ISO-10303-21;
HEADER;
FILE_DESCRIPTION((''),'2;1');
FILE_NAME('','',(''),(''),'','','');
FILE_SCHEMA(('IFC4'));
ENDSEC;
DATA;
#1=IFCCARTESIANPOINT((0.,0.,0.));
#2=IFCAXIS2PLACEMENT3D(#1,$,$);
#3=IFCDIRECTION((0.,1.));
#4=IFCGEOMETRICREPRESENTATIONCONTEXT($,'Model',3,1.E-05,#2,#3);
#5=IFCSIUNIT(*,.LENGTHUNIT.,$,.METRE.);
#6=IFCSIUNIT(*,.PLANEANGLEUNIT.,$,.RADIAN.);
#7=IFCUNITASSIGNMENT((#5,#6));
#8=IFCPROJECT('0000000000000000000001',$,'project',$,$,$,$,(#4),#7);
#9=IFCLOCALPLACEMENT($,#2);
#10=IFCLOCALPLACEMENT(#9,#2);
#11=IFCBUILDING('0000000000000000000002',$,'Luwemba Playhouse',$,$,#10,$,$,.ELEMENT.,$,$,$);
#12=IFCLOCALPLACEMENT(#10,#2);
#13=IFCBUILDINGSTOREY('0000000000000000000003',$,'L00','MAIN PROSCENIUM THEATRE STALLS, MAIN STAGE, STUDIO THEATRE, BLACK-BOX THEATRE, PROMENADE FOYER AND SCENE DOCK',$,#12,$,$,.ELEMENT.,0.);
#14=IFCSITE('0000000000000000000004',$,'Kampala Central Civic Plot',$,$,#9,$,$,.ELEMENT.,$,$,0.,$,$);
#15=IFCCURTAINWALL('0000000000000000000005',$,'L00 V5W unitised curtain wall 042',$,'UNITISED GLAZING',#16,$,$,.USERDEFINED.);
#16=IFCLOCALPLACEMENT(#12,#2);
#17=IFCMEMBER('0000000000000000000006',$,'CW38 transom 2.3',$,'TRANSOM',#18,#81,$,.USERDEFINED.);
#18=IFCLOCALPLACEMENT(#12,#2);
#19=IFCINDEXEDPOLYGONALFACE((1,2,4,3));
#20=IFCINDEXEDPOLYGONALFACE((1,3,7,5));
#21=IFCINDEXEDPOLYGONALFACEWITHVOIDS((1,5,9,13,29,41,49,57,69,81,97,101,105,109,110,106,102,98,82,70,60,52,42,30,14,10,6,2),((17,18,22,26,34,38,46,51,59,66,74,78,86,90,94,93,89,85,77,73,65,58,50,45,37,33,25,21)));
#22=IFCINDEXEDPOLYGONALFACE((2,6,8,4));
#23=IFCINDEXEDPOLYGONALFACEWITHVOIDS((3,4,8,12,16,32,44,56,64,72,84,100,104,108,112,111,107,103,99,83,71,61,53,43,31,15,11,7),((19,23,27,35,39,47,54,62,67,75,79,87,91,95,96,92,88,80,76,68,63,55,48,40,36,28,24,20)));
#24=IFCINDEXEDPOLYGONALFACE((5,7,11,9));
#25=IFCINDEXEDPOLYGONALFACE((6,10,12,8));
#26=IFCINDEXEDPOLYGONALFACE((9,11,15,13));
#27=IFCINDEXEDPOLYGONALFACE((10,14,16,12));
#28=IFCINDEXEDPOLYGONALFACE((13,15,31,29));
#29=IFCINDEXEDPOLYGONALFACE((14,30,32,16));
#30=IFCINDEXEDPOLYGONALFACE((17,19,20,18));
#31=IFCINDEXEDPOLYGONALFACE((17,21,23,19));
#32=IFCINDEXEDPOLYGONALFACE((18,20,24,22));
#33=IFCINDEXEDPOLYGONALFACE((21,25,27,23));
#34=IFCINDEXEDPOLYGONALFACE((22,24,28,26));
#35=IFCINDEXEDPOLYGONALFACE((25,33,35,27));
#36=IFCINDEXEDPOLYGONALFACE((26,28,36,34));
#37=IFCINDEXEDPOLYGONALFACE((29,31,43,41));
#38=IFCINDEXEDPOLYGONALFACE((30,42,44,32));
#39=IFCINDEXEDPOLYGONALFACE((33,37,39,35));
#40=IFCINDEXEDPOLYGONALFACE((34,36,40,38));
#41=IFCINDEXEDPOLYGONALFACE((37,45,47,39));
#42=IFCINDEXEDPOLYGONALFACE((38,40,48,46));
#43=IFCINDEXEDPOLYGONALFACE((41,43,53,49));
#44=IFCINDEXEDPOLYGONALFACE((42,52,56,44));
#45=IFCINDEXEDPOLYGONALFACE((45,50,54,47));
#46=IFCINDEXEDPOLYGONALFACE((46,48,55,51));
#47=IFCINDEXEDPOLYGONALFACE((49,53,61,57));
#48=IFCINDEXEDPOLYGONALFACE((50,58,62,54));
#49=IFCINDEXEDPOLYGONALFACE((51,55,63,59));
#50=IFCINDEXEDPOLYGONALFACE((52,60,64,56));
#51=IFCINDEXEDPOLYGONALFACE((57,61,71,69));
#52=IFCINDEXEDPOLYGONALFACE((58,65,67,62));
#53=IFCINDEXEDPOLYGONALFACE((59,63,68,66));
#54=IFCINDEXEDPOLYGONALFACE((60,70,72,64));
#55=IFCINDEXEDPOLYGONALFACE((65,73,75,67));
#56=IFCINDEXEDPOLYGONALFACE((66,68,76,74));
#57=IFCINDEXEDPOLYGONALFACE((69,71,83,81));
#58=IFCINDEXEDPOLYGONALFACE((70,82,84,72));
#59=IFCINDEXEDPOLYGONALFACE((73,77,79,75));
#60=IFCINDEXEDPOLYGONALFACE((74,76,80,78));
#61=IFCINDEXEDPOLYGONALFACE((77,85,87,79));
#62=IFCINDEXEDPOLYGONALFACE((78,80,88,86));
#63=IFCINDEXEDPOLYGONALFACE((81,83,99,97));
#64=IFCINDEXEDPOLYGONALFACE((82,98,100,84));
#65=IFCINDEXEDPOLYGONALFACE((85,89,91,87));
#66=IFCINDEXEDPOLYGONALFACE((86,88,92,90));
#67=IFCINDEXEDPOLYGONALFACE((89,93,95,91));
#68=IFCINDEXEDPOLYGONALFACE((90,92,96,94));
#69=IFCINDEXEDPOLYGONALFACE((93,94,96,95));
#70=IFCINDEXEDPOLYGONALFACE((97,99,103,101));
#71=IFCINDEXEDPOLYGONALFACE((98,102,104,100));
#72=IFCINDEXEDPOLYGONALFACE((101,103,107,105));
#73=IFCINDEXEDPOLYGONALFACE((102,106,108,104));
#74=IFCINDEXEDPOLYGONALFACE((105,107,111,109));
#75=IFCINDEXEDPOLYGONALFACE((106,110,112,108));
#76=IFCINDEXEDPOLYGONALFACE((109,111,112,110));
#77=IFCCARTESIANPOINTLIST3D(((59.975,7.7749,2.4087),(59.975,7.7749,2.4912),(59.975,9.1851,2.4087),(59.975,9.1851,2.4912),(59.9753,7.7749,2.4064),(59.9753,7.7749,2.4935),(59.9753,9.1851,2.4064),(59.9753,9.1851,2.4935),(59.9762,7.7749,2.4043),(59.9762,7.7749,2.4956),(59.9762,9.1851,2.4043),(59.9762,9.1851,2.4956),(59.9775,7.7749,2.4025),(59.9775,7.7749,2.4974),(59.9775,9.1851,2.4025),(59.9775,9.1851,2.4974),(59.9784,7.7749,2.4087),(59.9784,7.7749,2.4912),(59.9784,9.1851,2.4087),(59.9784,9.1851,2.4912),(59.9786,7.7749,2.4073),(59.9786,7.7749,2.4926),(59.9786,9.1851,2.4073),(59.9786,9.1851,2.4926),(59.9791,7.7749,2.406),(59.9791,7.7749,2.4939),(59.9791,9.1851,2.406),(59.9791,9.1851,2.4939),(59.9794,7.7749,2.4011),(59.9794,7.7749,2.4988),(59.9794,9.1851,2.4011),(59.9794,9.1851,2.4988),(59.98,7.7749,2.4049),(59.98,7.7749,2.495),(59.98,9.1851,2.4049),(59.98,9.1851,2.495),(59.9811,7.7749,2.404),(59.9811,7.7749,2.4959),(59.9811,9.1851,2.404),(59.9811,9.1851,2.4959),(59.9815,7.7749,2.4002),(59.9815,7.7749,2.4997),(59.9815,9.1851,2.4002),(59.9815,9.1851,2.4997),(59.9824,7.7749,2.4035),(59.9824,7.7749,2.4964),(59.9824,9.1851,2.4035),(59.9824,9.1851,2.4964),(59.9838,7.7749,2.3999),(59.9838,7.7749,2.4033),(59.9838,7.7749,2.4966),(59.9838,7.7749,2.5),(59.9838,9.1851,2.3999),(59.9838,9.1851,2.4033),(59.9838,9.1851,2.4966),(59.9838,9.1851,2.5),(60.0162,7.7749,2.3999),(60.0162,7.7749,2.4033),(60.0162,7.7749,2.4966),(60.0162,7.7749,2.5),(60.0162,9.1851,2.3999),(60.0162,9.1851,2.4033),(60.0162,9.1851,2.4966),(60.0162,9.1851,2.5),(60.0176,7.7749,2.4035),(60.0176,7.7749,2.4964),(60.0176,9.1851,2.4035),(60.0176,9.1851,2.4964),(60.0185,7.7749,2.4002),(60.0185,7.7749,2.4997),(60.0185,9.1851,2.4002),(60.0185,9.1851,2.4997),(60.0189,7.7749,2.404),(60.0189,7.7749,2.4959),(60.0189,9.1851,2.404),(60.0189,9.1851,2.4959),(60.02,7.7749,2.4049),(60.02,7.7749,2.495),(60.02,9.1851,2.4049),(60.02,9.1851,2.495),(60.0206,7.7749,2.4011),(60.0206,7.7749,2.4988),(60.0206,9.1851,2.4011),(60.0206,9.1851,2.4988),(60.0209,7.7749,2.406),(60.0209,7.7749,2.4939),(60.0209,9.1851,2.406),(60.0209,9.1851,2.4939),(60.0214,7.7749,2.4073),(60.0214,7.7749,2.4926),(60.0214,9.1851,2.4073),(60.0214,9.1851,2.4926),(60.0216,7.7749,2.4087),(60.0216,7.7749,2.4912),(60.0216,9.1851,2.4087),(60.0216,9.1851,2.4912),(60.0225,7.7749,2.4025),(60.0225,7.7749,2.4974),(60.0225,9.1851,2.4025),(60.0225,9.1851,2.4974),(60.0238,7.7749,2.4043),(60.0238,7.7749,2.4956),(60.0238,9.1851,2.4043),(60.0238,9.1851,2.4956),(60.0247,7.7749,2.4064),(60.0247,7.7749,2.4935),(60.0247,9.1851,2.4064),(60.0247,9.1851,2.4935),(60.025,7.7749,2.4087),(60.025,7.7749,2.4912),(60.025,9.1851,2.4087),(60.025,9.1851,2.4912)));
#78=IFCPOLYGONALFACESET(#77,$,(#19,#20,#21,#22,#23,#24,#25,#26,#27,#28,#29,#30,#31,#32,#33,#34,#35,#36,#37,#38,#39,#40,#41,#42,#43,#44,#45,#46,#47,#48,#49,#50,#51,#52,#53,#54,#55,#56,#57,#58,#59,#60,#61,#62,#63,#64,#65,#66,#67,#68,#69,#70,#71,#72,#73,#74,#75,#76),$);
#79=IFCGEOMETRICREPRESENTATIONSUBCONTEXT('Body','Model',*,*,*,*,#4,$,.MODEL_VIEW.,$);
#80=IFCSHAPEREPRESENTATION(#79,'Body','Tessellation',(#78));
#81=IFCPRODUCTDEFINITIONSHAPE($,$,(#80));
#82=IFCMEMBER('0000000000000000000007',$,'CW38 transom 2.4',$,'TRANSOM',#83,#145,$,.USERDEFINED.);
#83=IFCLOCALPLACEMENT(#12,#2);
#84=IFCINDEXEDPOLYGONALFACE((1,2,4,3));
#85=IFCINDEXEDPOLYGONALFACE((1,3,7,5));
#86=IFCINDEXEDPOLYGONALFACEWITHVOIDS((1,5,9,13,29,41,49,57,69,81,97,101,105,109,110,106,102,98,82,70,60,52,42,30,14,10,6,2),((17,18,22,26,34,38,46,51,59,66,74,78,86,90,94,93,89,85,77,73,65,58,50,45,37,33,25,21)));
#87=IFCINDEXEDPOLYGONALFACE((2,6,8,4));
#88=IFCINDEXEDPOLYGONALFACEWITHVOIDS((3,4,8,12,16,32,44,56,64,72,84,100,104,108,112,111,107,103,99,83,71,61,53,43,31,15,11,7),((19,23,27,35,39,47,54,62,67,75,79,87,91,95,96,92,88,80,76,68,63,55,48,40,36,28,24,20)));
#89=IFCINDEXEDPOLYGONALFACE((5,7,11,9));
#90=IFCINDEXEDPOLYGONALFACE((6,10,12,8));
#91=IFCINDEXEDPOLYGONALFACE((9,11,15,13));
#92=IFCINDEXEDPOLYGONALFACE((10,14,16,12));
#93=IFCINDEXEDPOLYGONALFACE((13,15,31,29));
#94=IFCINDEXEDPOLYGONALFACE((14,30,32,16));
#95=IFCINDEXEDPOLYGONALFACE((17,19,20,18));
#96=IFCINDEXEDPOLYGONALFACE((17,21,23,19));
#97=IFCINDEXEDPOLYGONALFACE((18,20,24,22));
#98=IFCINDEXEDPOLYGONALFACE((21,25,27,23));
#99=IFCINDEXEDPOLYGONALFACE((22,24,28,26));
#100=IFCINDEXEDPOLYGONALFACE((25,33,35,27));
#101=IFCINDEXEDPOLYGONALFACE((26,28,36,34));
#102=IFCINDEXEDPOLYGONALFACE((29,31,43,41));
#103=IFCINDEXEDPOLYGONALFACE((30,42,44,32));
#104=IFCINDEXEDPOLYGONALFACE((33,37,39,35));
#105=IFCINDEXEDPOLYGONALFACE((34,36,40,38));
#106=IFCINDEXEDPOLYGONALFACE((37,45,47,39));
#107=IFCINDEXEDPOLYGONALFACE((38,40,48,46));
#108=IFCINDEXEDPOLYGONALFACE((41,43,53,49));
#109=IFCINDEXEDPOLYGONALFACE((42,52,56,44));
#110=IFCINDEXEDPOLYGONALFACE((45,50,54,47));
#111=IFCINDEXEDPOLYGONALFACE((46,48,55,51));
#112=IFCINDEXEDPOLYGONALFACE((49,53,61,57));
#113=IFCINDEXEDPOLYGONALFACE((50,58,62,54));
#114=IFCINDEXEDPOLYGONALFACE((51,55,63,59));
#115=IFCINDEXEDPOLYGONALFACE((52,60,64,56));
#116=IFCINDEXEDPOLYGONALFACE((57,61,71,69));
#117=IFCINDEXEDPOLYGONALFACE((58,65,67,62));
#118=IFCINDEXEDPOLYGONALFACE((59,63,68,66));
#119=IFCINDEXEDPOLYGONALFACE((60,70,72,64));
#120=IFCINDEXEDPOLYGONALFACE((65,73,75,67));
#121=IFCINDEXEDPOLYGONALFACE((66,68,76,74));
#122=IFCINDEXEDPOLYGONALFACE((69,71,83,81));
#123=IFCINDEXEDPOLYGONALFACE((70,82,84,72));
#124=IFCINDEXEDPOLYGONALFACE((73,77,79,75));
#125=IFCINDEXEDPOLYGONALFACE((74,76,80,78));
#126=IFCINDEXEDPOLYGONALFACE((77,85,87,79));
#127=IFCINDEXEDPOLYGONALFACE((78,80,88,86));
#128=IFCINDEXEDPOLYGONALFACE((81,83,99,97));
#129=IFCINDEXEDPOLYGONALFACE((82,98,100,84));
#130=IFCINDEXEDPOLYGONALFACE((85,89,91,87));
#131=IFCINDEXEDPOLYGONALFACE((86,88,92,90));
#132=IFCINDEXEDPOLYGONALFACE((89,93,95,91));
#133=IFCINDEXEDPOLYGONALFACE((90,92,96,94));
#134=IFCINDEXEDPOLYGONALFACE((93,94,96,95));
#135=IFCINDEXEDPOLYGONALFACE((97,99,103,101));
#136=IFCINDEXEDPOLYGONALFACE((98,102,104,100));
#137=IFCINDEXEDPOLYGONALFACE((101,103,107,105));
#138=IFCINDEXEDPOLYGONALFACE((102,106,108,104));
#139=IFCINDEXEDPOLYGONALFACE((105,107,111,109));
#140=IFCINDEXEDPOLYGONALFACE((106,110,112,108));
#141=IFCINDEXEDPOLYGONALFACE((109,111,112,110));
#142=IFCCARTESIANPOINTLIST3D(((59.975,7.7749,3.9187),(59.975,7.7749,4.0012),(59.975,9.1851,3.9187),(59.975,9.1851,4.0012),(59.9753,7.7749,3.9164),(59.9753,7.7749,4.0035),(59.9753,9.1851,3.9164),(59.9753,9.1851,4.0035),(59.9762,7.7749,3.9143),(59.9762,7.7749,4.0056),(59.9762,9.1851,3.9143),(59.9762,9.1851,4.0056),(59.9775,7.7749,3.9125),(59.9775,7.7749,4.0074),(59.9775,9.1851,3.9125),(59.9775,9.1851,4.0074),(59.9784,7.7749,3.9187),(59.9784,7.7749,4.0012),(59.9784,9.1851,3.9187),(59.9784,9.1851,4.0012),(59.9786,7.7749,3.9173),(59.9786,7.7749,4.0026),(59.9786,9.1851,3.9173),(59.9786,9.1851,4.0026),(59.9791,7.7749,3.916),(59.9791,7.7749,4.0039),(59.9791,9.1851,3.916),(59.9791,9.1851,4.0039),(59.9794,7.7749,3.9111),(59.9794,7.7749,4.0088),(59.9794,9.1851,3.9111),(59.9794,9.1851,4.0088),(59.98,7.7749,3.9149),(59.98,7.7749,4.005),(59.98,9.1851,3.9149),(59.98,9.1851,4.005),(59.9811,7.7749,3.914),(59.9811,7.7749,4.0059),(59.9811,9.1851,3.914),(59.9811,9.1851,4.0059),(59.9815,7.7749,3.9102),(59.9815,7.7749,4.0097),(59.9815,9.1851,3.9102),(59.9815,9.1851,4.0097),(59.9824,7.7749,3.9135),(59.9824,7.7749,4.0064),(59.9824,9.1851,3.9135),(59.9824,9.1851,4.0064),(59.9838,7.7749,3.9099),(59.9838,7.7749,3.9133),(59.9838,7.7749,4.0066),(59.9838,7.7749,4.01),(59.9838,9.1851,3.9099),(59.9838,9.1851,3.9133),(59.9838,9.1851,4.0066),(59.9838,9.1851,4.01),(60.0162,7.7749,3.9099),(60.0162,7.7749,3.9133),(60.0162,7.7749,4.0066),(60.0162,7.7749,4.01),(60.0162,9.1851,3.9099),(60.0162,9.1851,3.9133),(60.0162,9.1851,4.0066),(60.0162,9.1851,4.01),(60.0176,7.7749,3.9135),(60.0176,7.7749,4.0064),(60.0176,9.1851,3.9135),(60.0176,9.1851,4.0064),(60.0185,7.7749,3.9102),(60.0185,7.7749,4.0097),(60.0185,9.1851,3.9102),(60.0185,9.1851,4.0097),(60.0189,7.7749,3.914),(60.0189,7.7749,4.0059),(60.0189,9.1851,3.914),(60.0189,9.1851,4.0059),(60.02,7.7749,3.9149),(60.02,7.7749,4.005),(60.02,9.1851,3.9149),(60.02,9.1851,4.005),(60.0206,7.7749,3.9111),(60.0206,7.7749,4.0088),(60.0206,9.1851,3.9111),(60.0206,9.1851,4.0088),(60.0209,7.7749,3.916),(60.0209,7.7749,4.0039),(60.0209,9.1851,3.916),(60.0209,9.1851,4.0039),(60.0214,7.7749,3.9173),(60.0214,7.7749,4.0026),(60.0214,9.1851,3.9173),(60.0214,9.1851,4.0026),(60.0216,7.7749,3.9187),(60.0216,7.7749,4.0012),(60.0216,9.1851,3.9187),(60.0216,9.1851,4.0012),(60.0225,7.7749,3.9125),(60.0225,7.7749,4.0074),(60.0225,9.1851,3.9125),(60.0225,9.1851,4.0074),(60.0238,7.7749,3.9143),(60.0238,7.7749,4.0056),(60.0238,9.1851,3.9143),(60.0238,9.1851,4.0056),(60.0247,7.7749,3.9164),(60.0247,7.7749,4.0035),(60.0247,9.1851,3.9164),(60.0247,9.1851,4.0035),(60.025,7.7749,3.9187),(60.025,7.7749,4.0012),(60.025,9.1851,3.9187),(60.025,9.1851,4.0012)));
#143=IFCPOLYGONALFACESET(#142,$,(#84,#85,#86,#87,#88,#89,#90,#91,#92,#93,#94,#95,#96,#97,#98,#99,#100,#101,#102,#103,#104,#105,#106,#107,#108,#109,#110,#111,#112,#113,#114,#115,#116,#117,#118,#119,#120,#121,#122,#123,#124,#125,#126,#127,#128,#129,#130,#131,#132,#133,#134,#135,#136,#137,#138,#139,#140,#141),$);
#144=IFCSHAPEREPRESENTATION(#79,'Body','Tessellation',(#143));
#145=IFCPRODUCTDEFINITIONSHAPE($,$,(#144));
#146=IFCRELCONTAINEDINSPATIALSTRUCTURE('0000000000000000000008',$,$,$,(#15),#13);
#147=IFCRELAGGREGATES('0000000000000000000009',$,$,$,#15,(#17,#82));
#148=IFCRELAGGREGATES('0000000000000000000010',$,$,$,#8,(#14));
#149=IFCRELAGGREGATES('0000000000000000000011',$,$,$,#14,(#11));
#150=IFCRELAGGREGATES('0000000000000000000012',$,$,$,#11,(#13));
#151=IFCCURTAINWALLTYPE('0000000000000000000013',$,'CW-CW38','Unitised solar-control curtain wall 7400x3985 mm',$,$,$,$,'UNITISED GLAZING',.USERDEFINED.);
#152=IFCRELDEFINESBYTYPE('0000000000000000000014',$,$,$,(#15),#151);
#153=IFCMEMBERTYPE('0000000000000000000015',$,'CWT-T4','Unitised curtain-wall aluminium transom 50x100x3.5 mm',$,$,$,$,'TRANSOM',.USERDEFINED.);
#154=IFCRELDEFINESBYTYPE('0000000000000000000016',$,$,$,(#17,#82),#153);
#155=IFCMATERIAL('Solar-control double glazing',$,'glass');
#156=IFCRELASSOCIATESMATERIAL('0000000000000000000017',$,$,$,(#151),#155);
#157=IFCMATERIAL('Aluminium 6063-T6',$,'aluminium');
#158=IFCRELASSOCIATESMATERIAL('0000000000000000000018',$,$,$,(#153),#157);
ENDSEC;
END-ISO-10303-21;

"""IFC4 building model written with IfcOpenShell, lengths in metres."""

from ifc_helpers import new_model, si_unit, direction, frame, origin, origin_2d, place, context, subcontext, project, spatial, hollow_rectangle, extrude, material, material_profile, profile_set, type_object, element, aggregate, save


model = new_model("IFC4")

# Units and contexts
model_context = context("Model", 3, precision=1e-05, world=origin(), true_north=direction((0.0, 1.0)))
body_context = subcontext(model_context, "Body", "Model", "MODEL_VIEW")
ifc_project = project(units=[si_unit("LENGTHUNIT", "METRE"), si_unit("PLANEANGLEUNIT", "RADIAN")], contexts=[model_context])

# Site, building, storey
site_placement = place(None, origin())
site = spatial("IfcSite", under=ifc_project, at=site_placement, Name="Kampala Central Civic Plot", CompositionType="ELEMENT", RefElevation=0.0)
building_placement = place(site_placement, origin())
building = spatial("IfcBuilding", under=site, at=building_placement, Name="Luwemba Playhouse", CompositionType="ELEMENT")
storey_placement = place(building_placement, origin())
storey = spatial("IfcBuildingStorey", under=building, at=storey_placement, Name="L00", Description="MAIN PROSCENIUM THEATRE STALLS, MAIN STAGE, STUDIO THEATRE, BLACK-BOX THEATRE, PROMENADE FOYER AND SCENE DOCK", CompositionType="ELEMENT", Elevation=0.0)

# Shared definitions
ifc_material_1 = material(Name="Solar-control double glazing", Category="glass")
ifc_material_2 = material(Name="Aluminium 6063-T6", Category="aluminium")

# Curtain wall
curtain_wall_type_1 = type_object("IfcCurtainWallType", Name="CW-CW38", Description="Unitised solar-control curtain wall 7400x3985 mm", ElementType="UNITISED GLAZING", PredefinedType="USERDEFINED", material=ifc_material_1)
curtain_wall_1_placement = place(storey_placement, origin())
curtain_wall_1 = element("IfcCurtainWall", 1, at=curtain_wall_1_placement, inside=storey, type_object=curtain_wall_type_1, Name="L00 V5W unitised curtain wall 042", ObjectType="UNITISED GLAZING", PredefinedType="USERDEFINED")

# Members
ifc_material_profile_1 = material_profile(ifc_material_2, hollow_rectangle(XDim=0.05, YDim=0.1001, WallThickness=0.0034, InnerFilletRadius=0.0054, OuterFilletRadius=0.0088, at=origin_2d()))
ifc_profile_set_1 = profile_set([ifc_material_profile_1], Name="Aluminium 6063-T6")
member_type_1 = type_object("IfcMemberType", Name="CWT-T4", Description="Unitised curtain-wall aluminium transom 50x100x3.5 mm", ElementType="TRANSOM", PredefinedType="USERDEFINED", material=ifc_profile_set_1)
member_1_placement = place(storey_placement, frame((60.0, 9.1851, 2.45), z_axis=(0.0, -1.0, 0.0), x_axis=(1.0, 0.0, 0.0)))
member_1 = element("IfcMember", 2, at=member_1_placement, type_object=member_type_1, Name="CW38 transom 2.3", ObjectType="TRANSOM", PredefinedType="USERDEFINED", context=body_context, shape_type="SweptSolid", body=[
    extrude(hollow_rectangle(XDim=0.05, YDim=0.1001, WallThickness=0.0034, InnerFilletRadius=0.0054, OuterFilletRadius=0.0088, at=origin_2d()), origin(), (0.0, 0.0, 1.0), 1.4102),
])
member_2_placement = place(storey_placement, frame((60.0, 9.1851, 3.96), z_axis=(0.0, -1.0, 0.0), x_axis=(1.0, 0.0, 0.0)))
member_2 = element("IfcMember", 3, at=member_2_placement, type_object=member_type_1, Name="CW38 transom 2.4", ObjectType="TRANSOM", PredefinedType="USERDEFINED", context=body_context, shape_type="SweptSolid", body=[
    extrude(hollow_rectangle(XDim=0.05, YDim=0.1001, WallThickness=0.0034, InnerFilletRadius=0.0054, OuterFilletRadius=0.0088, at=origin_2d()), origin(), (0.0, 0.0, 1.0), 1.4102),
])

aggregate(curtain_wall_1, [member_1, member_2])

save(model, "model.ifc")
